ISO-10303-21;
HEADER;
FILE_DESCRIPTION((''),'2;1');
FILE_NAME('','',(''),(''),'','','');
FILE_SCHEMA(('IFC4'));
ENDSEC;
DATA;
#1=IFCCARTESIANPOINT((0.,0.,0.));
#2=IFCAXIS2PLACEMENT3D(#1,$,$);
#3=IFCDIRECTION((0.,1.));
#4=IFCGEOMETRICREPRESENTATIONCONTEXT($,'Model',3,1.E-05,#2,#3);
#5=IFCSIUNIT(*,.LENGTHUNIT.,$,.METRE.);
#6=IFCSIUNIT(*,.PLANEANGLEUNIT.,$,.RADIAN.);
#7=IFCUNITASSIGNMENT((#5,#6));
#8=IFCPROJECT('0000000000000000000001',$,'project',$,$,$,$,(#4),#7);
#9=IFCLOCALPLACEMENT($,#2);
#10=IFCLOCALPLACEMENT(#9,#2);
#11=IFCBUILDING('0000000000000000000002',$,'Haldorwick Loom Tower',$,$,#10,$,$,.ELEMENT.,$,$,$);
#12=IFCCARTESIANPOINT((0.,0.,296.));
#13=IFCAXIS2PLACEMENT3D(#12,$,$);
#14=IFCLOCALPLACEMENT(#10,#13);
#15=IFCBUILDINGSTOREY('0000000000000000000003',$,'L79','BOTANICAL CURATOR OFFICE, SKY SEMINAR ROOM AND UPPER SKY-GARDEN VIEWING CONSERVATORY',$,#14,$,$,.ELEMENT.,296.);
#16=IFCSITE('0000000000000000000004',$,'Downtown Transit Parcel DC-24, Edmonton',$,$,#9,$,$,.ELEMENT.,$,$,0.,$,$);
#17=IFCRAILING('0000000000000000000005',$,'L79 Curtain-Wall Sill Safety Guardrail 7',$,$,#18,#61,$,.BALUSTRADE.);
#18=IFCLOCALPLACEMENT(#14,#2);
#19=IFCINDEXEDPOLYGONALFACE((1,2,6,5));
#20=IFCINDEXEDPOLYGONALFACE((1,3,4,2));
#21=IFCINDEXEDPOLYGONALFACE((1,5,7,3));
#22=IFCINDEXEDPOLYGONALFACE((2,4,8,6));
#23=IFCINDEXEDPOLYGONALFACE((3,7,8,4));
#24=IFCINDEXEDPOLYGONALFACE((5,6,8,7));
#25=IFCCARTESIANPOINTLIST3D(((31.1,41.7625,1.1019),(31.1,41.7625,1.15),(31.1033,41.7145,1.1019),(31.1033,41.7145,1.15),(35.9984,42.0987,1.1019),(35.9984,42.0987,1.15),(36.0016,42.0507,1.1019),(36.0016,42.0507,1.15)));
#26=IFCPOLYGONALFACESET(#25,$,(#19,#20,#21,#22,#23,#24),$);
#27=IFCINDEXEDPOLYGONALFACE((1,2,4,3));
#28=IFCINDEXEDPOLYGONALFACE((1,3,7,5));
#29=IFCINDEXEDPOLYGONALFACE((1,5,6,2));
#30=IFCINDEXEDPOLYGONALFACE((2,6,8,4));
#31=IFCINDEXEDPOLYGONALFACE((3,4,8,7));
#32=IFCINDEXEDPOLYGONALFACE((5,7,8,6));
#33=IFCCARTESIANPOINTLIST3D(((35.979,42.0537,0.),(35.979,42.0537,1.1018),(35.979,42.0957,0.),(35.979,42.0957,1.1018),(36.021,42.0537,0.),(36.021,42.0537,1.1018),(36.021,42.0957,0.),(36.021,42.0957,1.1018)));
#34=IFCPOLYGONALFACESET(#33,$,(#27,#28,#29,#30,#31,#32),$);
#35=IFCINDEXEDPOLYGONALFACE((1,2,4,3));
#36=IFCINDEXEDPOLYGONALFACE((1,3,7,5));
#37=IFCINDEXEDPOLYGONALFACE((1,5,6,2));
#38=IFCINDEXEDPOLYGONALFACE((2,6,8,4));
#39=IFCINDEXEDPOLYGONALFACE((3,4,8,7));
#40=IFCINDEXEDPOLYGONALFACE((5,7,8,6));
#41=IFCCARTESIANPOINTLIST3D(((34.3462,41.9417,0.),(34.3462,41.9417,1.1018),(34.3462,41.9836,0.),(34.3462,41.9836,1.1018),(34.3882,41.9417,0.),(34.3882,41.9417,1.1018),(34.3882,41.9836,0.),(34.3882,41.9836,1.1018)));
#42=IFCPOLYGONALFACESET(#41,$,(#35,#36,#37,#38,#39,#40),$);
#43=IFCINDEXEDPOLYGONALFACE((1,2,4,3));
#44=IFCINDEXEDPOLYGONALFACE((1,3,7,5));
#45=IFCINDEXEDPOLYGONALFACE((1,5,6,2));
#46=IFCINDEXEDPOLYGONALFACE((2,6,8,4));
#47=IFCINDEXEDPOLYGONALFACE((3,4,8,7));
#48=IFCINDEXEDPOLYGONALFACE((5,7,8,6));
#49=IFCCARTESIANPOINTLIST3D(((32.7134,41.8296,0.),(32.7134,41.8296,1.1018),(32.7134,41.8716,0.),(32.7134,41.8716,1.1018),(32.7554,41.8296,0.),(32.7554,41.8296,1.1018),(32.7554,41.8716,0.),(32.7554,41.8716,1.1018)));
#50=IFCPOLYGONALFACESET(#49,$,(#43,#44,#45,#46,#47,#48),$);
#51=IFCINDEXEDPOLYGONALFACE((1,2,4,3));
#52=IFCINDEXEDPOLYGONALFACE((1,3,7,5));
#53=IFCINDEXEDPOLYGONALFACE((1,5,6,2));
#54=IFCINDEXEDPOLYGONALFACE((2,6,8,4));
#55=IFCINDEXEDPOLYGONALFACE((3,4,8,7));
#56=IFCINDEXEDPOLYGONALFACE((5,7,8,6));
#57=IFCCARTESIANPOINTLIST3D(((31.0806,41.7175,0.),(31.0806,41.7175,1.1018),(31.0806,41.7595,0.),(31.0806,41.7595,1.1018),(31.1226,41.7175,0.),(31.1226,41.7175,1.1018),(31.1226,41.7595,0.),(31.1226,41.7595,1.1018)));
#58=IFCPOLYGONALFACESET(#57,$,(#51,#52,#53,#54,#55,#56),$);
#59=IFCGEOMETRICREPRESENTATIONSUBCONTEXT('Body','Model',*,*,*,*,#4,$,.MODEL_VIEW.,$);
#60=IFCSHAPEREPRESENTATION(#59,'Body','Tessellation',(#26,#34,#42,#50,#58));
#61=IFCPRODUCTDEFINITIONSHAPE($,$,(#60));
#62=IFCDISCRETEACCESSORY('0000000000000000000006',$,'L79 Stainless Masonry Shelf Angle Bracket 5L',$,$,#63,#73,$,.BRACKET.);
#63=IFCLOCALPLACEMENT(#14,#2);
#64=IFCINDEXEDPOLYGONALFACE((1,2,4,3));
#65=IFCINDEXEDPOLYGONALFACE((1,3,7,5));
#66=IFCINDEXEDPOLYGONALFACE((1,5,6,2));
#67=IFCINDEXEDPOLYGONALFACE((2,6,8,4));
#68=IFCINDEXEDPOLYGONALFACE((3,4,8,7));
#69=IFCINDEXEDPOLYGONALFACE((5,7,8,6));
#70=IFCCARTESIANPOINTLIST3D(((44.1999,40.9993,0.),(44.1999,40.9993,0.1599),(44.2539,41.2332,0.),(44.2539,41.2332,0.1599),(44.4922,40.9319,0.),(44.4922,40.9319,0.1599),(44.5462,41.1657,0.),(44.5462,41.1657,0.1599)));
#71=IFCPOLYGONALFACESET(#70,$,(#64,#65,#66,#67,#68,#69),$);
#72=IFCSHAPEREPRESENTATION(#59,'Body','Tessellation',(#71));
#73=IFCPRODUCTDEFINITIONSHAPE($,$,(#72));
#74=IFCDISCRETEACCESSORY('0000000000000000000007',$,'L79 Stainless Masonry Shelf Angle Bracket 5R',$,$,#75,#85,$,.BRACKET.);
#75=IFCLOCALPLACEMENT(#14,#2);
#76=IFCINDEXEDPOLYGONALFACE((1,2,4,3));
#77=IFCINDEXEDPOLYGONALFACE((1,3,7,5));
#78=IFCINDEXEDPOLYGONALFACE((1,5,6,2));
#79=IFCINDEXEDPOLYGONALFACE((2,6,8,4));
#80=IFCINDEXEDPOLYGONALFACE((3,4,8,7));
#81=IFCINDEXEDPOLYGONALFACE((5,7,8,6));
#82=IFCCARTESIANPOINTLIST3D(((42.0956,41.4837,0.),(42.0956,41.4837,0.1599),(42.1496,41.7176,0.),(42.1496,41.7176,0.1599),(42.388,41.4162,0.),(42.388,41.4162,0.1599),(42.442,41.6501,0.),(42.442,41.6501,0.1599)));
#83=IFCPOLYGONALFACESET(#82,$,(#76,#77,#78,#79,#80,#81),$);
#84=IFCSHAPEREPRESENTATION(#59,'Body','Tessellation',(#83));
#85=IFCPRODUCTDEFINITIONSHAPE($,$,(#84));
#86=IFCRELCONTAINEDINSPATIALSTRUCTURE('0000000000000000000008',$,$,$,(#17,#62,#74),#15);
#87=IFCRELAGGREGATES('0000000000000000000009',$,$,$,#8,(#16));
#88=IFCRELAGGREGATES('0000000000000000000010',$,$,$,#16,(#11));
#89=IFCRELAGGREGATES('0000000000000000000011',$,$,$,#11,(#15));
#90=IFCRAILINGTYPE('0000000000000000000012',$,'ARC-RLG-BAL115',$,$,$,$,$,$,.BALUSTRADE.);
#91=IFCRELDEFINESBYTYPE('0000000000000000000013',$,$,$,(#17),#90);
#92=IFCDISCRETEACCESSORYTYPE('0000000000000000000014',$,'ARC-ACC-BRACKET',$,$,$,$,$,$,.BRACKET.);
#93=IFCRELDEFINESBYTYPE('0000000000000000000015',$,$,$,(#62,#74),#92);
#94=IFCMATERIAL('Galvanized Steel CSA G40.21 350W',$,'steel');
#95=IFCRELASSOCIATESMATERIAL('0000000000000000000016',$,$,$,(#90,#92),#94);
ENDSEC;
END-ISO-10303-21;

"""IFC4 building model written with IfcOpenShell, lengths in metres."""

from ifc_helpers import new_model, si_unit, direction, frame, origin, origin_2d, place, context, subcontext, project, spatial, rectangle, extrude, material, type_object, element, save


model = new_model("IFC4")

# Units and contexts
model_context = context("Model", 3, precision=1e-05, world=origin(), true_north=direction((0.0, 1.0)))
body_context = subcontext(model_context, "Body", "Model", "MODEL_VIEW")
ifc_project = project(units=[si_unit("LENGTHUNIT", "METRE"), si_unit("PLANEANGLEUNIT", "RADIAN")], contexts=[model_context])

# Site, building, storey
site_placement = place(None, origin())
site = spatial("IfcSite", under=ifc_project, at=site_placement, Name="Downtown Transit Parcel DC-24, Edmonton", CompositionType="ELEMENT", RefElevation=0.0)
building_placement = place(site_placement, origin())
building = spatial("IfcBuilding", under=site, at=building_placement, Name="Haldorwick Loom Tower", CompositionType="ELEMENT")
storey_placement = place(building_placement, frame((0.0, 0.0, 296.0)))
storey = spatial("IfcBuildingStorey", under=building, at=storey_placement, Name="L79", Description="BOTANICAL CURATOR OFFICE, SKY SEMINAR ROOM AND UPPER SKY-GARDEN VIEWING CONSERVATORY", CompositionType="ELEMENT", Elevation=296.0)

# Railing
ifc_material_1 = material(Name="Galvanized Steel CSA G40.21 350W", Category="steel")
railing_type = type_object("IfcRailingType", Name="ARC-RLG-BAL115", PredefinedType="BALUSTRADE", material=ifc_material_1)
railing_1_placement = place(storey_placement, frame((36.0, 42.0747, 0.0)))
element("IfcRailing", 1, at=railing_1_placement, inside=storey, type_object=railing_type, Name="L79 Curtain-Wall Sill Safety Guardrail 7", PredefinedType="BALUSTRADE", context=body_context, shape_type="SweptSolid", body=[
    extrude(rectangle(XDim=0.0481, YDim=0.0481, at=origin_2d()), frame((0.0, 0.0, 1.126), z_axis=(-0.997653, -0.068469, 0.0), x_axis=(0.068469, -0.997653, 0.0)), (0.0, 0.0, 1.0), 4.9099),
    extrude(rectangle(XDim=0.042, YDim=0.042, at=origin_2d()), origin(), (0.0, 0.0, 1.0), 1.1018),
    extrude(rectangle(XDim=0.042, YDim=0.042, at=origin_2d()), frame((-1.6328, -0.1121, 0.0)), (0.0, 0.0, 1.0), 1.1018),
    extrude(rectangle(XDim=0.042, YDim=0.042, at=origin_2d()), frame((-3.2656, -0.2241, 0.0)), (0.0, 0.0, 1.0), 1.1018),
    extrude(rectangle(XDim=0.042, YDim=0.042, at=origin_2d()), frame((-4.8984, -0.3362, 0.0)), (0.0, 0.0, 1.0), 1.1018),
])

# Discrete accessories
discrete_accessory_type = type_object("IfcDiscreteAccessoryType", Name="ARC-ACC-BRACKET", PredefinedType="BRACKET", material=ifc_material_1)
for number, where, z_axis, x_axis, name in (
    (2, (44.373, 41.0825, 0.0), (0.0, 0.0, 1.0), (-0.97437, 0.224951, 0.0), "L79 Stainless Masonry Shelf Angle Bracket 5L"),
    (3, (42.2688, 41.5669, 0.0), (0.0, 0.0, 1.0), (-0.97437, 0.224951, 0.0), "L79 Stainless Masonry Shelf Angle Bracket 5R"),
):
    element("IfcDiscreteAccessory", number, at=place(storey_placement, frame(where, z_axis=z_axis, x_axis=x_axis)), inside=storey, type_object=discrete_accessory_type, Name=name, PredefinedType="BRACKET", context=body_context, shape_type="SweptSolid", body=[
        extrude(rectangle(XDim=0.3, YDim=0.24, at=origin_2d()), origin(), (0.0, 0.0, 1.0), 0.1599),
    ])

save(model, "model.ifc")
